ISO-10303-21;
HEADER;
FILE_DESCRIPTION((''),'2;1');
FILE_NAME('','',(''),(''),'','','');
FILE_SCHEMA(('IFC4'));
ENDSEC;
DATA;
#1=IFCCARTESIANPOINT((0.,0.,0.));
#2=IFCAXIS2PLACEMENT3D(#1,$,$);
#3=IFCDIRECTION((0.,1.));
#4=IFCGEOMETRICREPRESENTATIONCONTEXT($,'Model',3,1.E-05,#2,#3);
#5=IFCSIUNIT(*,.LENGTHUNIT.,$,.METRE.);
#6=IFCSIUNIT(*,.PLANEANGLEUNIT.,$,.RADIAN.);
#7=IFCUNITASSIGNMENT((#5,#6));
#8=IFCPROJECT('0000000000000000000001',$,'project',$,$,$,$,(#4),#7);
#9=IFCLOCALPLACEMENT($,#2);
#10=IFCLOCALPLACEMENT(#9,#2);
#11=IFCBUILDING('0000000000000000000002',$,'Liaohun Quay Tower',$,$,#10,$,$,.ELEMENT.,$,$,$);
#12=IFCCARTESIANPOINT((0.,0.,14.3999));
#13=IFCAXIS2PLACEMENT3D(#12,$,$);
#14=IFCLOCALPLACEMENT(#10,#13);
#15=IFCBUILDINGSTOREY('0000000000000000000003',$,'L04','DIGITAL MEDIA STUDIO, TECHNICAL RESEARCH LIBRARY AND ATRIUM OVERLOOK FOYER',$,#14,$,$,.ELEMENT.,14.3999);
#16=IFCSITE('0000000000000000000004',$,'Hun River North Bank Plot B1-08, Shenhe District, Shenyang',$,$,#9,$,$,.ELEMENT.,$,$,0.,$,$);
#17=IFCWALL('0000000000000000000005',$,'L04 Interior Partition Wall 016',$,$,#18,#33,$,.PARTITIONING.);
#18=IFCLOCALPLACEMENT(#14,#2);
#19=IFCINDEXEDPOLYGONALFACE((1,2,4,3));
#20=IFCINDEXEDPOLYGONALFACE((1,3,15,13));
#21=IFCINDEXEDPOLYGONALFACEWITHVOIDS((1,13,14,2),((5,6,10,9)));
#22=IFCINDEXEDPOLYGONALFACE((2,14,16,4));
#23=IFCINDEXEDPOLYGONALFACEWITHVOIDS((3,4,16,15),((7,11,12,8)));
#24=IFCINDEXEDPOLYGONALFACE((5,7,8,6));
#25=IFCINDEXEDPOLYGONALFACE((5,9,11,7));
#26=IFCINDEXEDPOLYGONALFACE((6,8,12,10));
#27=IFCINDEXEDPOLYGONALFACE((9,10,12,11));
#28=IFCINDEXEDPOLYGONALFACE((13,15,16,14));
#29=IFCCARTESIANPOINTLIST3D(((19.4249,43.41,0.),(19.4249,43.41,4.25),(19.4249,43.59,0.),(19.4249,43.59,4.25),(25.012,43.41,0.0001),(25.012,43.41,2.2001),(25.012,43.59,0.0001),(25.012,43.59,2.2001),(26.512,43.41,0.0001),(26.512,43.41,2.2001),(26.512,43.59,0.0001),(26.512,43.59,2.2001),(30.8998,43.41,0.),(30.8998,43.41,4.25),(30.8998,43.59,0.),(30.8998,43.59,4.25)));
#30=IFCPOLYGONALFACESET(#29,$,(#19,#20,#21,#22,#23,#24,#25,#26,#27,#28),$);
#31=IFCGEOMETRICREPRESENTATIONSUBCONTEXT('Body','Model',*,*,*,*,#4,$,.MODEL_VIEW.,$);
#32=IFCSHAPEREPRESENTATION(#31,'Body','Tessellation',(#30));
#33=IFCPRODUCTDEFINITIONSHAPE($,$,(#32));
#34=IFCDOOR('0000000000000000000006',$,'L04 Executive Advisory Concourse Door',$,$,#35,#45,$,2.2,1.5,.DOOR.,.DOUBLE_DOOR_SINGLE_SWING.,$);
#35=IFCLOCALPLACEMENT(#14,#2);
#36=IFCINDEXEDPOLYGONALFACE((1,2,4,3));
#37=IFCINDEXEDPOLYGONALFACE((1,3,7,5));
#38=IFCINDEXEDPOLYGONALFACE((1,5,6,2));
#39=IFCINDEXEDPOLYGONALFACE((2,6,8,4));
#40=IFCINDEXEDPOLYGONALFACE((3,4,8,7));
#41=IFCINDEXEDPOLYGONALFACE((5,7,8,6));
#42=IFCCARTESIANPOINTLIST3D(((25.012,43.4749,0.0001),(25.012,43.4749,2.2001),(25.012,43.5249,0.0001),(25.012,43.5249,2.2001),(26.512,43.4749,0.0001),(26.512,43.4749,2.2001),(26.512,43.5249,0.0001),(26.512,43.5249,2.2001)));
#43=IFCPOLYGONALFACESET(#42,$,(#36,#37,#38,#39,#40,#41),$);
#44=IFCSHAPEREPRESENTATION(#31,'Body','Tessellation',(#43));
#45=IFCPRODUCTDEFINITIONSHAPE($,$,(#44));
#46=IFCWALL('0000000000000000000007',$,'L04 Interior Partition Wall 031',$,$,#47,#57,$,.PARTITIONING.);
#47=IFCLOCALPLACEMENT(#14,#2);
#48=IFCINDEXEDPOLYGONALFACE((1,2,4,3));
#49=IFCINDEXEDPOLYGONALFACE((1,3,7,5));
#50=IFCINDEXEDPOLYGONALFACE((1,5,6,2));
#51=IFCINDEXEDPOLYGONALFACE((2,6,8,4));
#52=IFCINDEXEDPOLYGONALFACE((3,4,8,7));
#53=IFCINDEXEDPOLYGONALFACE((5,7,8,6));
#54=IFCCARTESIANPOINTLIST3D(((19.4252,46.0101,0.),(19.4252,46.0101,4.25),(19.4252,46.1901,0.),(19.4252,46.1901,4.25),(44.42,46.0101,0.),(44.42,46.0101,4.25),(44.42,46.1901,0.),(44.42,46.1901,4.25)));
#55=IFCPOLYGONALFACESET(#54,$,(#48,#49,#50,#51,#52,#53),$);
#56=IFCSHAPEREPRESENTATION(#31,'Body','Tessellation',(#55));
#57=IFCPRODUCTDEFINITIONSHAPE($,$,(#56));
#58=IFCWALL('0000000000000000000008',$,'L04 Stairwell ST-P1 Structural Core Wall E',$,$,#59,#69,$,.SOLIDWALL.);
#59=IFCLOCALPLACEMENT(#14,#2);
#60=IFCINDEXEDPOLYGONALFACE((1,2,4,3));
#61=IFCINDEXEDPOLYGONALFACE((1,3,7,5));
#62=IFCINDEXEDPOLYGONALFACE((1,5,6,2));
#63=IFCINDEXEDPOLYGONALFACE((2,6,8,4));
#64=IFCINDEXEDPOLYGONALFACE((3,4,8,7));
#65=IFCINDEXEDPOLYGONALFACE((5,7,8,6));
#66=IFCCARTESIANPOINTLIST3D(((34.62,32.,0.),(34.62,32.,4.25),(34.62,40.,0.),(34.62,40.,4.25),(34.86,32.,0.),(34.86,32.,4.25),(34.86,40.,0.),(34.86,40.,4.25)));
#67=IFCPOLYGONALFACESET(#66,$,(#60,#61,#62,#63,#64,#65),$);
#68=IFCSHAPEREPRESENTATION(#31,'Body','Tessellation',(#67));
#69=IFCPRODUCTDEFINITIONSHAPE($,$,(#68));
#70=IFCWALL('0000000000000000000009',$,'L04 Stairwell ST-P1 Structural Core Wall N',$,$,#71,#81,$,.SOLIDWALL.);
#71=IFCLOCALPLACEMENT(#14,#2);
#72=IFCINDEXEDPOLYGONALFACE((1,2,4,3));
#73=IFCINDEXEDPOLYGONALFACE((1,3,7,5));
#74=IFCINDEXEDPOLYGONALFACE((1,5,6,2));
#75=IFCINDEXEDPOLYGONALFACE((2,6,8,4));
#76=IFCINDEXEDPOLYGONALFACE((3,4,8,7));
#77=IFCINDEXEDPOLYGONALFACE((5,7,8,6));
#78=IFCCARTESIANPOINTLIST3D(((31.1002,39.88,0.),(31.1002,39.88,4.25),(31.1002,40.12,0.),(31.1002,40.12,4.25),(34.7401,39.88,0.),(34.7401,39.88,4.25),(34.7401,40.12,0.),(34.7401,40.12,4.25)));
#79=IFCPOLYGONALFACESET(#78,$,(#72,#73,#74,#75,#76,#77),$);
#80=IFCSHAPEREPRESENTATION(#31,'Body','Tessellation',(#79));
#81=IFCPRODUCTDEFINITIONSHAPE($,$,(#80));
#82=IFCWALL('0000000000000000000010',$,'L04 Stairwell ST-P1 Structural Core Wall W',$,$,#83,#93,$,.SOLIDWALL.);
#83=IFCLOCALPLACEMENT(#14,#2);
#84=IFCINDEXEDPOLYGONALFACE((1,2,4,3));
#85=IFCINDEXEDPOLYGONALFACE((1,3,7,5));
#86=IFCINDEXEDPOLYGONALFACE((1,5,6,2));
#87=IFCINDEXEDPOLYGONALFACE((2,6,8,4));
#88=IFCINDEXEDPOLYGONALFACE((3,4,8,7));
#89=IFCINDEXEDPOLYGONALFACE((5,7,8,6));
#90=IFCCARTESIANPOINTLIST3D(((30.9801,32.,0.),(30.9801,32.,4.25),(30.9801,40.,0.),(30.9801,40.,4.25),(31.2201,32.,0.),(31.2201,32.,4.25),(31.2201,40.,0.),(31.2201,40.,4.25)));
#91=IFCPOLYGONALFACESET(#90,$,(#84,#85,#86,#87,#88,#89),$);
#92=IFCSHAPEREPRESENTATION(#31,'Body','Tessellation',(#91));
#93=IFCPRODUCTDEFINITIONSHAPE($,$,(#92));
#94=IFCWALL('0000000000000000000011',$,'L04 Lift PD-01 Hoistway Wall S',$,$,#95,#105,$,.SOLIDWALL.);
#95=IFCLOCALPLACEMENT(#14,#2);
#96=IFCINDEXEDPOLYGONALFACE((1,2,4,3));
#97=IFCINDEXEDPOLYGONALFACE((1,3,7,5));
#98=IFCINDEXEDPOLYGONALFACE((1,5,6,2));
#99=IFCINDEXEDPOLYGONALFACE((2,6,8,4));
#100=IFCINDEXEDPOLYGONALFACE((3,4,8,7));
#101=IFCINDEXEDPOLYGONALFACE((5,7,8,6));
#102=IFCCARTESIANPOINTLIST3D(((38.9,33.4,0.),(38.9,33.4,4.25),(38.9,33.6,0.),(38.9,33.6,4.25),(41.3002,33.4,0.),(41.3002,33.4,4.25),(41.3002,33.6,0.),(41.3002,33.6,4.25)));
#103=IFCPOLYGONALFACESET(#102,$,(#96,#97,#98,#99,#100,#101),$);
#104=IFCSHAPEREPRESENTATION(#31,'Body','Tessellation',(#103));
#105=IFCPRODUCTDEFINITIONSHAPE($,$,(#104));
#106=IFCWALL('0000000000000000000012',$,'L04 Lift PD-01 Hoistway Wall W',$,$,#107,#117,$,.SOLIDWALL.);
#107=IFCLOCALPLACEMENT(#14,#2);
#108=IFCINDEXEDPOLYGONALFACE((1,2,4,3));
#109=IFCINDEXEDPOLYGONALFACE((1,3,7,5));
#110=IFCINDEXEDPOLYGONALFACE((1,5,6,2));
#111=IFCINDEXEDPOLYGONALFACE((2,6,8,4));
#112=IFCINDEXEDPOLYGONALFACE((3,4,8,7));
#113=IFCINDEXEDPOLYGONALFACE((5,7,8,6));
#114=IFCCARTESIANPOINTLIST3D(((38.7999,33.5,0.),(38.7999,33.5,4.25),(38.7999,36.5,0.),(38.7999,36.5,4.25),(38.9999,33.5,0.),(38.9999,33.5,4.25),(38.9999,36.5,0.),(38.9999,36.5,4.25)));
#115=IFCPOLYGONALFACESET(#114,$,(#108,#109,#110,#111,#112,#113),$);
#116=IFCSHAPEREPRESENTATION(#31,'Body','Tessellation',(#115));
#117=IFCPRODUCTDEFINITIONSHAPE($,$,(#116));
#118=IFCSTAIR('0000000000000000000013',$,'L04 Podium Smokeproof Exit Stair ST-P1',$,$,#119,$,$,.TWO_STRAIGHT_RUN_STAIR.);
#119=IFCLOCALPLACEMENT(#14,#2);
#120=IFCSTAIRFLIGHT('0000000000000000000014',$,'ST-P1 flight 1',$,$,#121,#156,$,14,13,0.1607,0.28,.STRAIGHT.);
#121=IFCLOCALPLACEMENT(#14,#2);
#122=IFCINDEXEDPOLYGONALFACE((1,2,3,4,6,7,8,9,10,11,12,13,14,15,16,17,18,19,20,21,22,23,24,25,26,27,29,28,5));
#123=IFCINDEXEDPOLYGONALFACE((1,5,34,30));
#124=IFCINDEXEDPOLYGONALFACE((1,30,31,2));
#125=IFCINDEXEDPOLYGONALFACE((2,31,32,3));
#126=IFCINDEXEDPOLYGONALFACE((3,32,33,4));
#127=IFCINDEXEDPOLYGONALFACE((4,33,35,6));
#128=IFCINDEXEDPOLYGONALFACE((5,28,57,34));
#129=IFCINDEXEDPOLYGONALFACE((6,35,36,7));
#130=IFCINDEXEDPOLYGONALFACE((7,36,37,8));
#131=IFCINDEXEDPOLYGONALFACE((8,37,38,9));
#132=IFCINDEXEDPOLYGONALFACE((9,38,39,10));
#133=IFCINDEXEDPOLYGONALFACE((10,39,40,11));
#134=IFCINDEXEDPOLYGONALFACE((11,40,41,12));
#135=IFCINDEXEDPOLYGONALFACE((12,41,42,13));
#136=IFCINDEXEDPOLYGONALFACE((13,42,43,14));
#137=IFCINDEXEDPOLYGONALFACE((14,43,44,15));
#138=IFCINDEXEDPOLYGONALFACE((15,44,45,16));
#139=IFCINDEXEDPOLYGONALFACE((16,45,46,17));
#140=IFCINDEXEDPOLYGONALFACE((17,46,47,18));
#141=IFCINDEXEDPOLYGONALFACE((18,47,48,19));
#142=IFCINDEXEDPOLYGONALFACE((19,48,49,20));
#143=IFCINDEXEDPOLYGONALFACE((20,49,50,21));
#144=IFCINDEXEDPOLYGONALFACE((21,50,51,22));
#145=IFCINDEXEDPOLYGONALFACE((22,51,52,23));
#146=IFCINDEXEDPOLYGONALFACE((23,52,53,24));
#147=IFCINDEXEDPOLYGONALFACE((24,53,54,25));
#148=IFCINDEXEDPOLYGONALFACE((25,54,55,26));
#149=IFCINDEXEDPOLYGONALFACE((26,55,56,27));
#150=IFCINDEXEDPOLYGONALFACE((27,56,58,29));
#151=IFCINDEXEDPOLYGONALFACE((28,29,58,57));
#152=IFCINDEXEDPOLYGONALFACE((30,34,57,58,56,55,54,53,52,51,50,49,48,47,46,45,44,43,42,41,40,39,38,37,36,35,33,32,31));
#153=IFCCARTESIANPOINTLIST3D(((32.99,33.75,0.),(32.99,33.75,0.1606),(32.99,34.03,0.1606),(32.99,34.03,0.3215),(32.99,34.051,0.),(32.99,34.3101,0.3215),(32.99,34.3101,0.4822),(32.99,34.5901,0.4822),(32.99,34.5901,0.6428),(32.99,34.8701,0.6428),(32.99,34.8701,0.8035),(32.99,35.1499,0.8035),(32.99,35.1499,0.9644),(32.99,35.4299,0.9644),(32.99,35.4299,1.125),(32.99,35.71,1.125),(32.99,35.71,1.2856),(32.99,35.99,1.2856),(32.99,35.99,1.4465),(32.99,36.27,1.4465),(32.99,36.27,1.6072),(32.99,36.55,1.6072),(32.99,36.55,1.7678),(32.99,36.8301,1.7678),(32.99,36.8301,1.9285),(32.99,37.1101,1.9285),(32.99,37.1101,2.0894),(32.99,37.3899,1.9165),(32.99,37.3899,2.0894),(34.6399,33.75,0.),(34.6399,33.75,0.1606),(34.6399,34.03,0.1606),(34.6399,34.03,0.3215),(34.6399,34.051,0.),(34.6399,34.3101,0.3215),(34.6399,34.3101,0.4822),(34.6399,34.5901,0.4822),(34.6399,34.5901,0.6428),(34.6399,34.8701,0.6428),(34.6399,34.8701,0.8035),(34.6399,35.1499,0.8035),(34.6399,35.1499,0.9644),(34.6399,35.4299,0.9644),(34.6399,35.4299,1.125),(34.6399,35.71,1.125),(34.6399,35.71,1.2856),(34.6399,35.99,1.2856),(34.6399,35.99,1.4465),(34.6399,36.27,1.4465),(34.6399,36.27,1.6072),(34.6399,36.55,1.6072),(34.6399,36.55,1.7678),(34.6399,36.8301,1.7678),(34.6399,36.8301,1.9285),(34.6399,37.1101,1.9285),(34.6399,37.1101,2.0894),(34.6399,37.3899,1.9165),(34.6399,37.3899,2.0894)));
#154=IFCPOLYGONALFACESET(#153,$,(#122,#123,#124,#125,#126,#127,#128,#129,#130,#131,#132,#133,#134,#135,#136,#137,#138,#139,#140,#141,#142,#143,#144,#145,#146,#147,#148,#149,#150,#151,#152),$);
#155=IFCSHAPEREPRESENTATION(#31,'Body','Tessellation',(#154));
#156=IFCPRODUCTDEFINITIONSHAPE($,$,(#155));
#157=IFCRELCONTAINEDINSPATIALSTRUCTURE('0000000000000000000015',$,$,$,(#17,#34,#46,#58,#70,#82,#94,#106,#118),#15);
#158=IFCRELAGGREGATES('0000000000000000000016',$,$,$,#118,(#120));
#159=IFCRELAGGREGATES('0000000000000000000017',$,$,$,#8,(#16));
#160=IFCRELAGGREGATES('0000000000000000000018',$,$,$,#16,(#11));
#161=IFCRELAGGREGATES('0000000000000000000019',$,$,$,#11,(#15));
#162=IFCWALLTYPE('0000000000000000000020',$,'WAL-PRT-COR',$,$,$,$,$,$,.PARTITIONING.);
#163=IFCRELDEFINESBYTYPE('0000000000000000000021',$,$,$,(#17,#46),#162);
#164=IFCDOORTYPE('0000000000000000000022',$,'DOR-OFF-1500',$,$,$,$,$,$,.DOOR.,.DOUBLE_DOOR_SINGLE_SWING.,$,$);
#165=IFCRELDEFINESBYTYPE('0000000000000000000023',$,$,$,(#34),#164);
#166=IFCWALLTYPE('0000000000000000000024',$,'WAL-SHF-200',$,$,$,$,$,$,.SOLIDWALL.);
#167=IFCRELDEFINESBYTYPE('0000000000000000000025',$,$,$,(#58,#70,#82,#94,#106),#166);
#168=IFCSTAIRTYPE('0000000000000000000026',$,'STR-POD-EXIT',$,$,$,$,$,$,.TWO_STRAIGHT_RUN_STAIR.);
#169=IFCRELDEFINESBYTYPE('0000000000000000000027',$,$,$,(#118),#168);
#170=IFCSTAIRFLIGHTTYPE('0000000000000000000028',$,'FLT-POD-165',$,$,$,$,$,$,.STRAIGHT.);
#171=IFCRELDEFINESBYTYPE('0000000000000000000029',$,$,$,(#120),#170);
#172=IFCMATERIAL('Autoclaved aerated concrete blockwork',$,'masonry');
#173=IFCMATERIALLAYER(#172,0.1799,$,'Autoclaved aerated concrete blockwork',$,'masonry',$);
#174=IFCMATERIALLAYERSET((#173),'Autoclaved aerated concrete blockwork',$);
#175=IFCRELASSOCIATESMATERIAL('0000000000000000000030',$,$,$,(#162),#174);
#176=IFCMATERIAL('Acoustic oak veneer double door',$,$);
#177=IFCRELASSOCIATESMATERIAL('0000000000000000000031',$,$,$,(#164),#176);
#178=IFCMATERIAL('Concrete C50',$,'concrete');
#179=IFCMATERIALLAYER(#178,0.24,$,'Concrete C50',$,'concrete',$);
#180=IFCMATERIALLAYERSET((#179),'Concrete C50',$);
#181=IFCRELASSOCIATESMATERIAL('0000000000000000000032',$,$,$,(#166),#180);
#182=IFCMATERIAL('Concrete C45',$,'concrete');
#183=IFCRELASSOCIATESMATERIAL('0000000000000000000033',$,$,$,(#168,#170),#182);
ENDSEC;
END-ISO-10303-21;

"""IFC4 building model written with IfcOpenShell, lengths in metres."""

from ifc_helpers import new_model, si_unit, direction, frame, frame_2d, origin, place, context, subcontext, project, spatial, polyline, rectangle, outline, extrude, source, transform, mapped, material, layer, layer_set, type_object, element, fill, aggregate, save


model = new_model("IFC4")

# Units and contexts
model_context = context("Model", 3, precision=1e-05, world=origin(), true_north=direction((0.0, 1.0)))
body_context = subcontext(model_context, "Body", "Model", "MODEL_VIEW")
ifc_project = project(units=[si_unit("LENGTHUNIT", "METRE"), si_unit("PLANEANGLEUNIT", "RADIAN")], contexts=[model_context])

# Site, building, storey
site_placement = place(None, origin())
site = spatial("IfcSite", under=ifc_project, at=site_placement, Name="Hun River North Bank Plot B1-08, Shenhe District, Shenyang", CompositionType="ELEMENT", RefElevation=0.0)
building_placement = place(site_placement, origin())
building = spatial("IfcBuilding", under=site, at=building_placement, Name="Liaohun Quay Tower", CompositionType="ELEMENT")
storey_placement = place(building_placement, frame((0.0, 0.0, 14.3999)))
storey = spatial("IfcBuildingStorey", under=building, at=storey_placement, Name="L04", Description="DIGITAL MEDIA STUDIO, TECHNICAL RESEARCH LIBRARY AND ATRIUM OVERLOOK FOYER", CompositionType="ELEMENT", Elevation=14.3999)

# Wall, opening, door
ifc_material_1 = material(Name="Autoclaved aerated concrete blockwork", Category="masonry")
ifc_layer_1 = layer(ifc_material_1, 0.1799, Name="Autoclaved aerated concrete blockwork", Category="masonry")
ifc_layer_set_1 = layer_set([ifc_layer_1], Name="Autoclaved aerated concrete blockwork")
wall_type_1 = type_object("IfcWallType", Name="WAL-PRT-COR", PredefinedType="PARTITIONING", material=ifc_layer_set_1)
wall_1_placement = place(storey_placement, frame((19.425, 43.5, 0.0), z_axis=(0.0, 0.0, 1.0), x_axis=(1.0, 0.0, 0.0)))
wall_1 = element("IfcWall", 1, at=wall_1_placement, inside=storey, type_object=wall_type_1, Name="L04 Interior Partition Wall 016", PredefinedType="PARTITIONING", context=body_context, shape_type="SweptSolid", body=[
    extrude(rectangle(XDim=11.4749, YDim=0.1799, at=frame_2d((5.7373, 0.0))), origin(), (0.0, 0.0, 1.0), 4.25),
])
shared_shape_1 = source(origin(), body_context, "Body", "SweptSolid", [
    extrude(rectangle(XDim=1.5, YDim=2.2, at=frame_2d((0.75, 1.1001))), frame((0.0, 0.0999, 0.0), z_axis=(0.0, -1.0, 0.0), x_axis=(1.0, 0.0, 0.0)), (0.0, 0.0, 1.0), 0.2),
])
opening_placement = place(wall_1_placement, frame((5.5869, 0.0, 0.0)))
opening = element("IfcOpeningElement", 2, at=opening_placement, cuts=wall_1, PredefinedType="OPENING", context=body_context, shape_type="MappedRepresentation", body=[
    mapped(shared_shape_1, transform((0.0, 0.0, 0.0), x_axis=(1.0, 0.0, 0.0), y_axis=(0.0, 1.0, 0.0), z_axis=(0.0, 0.0, 1.0), scale=1.0)),
])
ifc_material_2 = material(Name="Acoustic oak veneer double door")
door_type = type_object("IfcDoorType", Name="DOR-OFF-1500", OperationType="DOUBLE_DOOR_SINGLE_SWING", PredefinedType="DOOR", material=ifc_material_2)
shared_shape_2 = source(origin(), body_context, "Body", "SweptSolid", [
    extrude(rectangle(XDim=1.5, YDim=2.2, at=frame_2d((0.75, 1.1001))), frame((0.0, 0.0249, 0.0), z_axis=(0.0, -1.0, 0.0), x_axis=(1.0, 0.0, 0.0)), (0.0, 0.0, 1.0), 0.05),
])
door_placement = place(opening_placement, origin())
door = element("IfcDoor", 3, at=door_placement, inside=storey, type_object=door_type, Name="L04 Executive Advisory Concourse Door", OperationType="DOUBLE_DOOR_SINGLE_SWING", OverallHeight=2.2, OverallWidth=1.5, PredefinedType="DOOR", context=body_context, shape_type="MappedRepresentation", body=[
    mapped(shared_shape_2, transform((0.0, 0.0, 0.0), x_axis=(1.0, 0.0, 0.0), y_axis=(0.0, 1.0, 0.0), z_axis=(0.0, 0.0, 1.0), scale=1.0)),
])
fill(opening, door)

# Walls
wall_2_placement = place(storey_placement, frame((19.425, 46.1001, 0.0), z_axis=(0.0, 0.0, 1.0), x_axis=(1.0, 0.0, 0.0)))
element("IfcWall", 4, at=wall_2_placement, inside=storey, type_object=wall_type_1, Name="L04 Interior Partition Wall 031", PredefinedType="PARTITIONING", context=body_context, shape_type="SweptSolid", body=[
    extrude(rectangle(XDim=24.9949, YDim=0.1799, at=frame_2d((12.4976, 0.0))), origin(), (0.0, 0.0, 1.0), 4.25),
])
ifc_material_3 = material(Name="Concrete C50", Category="concrete")
ifc_layer_2 = layer(ifc_material_3, 0.24, Name="Concrete C50", Category="concrete")
ifc_layer_set_2 = layer_set([ifc_layer_2], Name="Concrete C50")
wall_type_2 = type_object("IfcWallType", Name="WAL-SHF-200", PredefinedType="SOLIDWALL", material=ifc_layer_set_2)
wall_3_placement = place(storey_placement, frame((34.74, 32.0, 0.0), z_axis=(0.0, 0.0, 1.0), x_axis=(0.0, 1.0, 0.0)))
element("IfcWall", 5, at=wall_3_placement, inside=storey, type_object=wall_type_2, Name="L04 Stairwell ST-P1 Structural Core Wall E", PredefinedType="SOLIDWALL", context=body_context, shape_type="SweptSolid", body=[
    extrude(rectangle(XDim=8.0, YDim=0.24, at=frame_2d((4.0, 0.0))), origin(), (0.0, 0.0, 1.0), 4.25),
])
wall_4_placement = place(storey_placement, frame((34.74, 40.0, 0.0), z_axis=(0.0, 0.0, 1.0), x_axis=(-1.0, 0.0, 0.0)))
element("IfcWall", 6, at=wall_4_placement, inside=storey, type_object=wall_type_2, Name="L04 Stairwell ST-P1 Structural Core Wall N", PredefinedType="SOLIDWALL", context=body_context, shape_type="SweptSolid", body=[
    extrude(rectangle(XDim=3.6399, YDim=0.24, at=frame_2d((1.8198, 0.0))), origin(), (0.0, 0.0, 1.0), 4.25),
])
wall_5_placement = place(storey_placement, frame((31.1001, 40.0, 0.0), z_axis=(0.0, 0.0, 1.0), x_axis=(0.0, -1.0, 0.0)))
element("IfcWall", 7, at=wall_5_placement, inside=storey, type_object=wall_type_2, Name="L04 Stairwell ST-P1 Structural Core Wall W", PredefinedType="SOLIDWALL", context=body_context, shape_type="SweptSolid", body=[
    extrude(rectangle(XDim=8.0, YDim=0.24, at=frame_2d((4.0, 0.0))), origin(), (0.0, 0.0, 1.0), 4.25),
])
wall_6_placement = place(storey_placement, frame((38.8999, 33.5, 0.0), z_axis=(0.0, 0.0, 1.0), x_axis=(1.0, 0.0, 0.0)))
element("IfcWall", 8, at=wall_6_placement, inside=storey, type_object=wall_type_2, Name="L04 Lift PD-01 Hoistway Wall S", PredefinedType="SOLIDWALL", context=body_context, shape_type="SweptSolid", body=[
    extrude(rectangle(XDim=2.4001, YDim=0.2, at=frame_2d((1.2002, 0.0))), origin(), (0.0, 0.0, 1.0), 4.25),
])
wall_7_placement = place(storey_placement, frame((38.8999, 36.5, 0.0), z_axis=(0.0, 0.0, 1.0), x_axis=(0.0, -1.0, 0.0)))
element("IfcWall", 9, at=wall_7_placement, inside=storey, type_object=wall_type_2, Name="L04 Lift PD-01 Hoistway Wall W", PredefinedType="SOLIDWALL", context=body_context, shape_type="SweptSolid", body=[
    extrude(rectangle(XDim=3.0, YDim=0.2, at=frame_2d((1.5, 0.0))), origin(), (0.0, 0.0, 1.0), 4.25),
])

# Stair, stair flight
ifc_material_4 = material(Name="Concrete C45", Category="concrete")
stair_type = type_object("IfcStairType", Name="STR-POD-EXIT", PredefinedType="TWO_STRAIGHT_RUN_STAIR", material=ifc_material_4)
stair_placement = place(storey_placement, origin())
stair = element("IfcStair", 10, at=stair_placement, inside=storey, type_object=stair_type, Name="L04 Podium Smokeproof Exit Stair ST-P1", PredefinedType="TWO_STRAIGHT_RUN_STAIR")
stair_flight_type = type_object("IfcStairFlightType", Name="FLT-POD-165", PredefinedType="STRAIGHT", material=ifc_material_4)
stair_flight_1_placement = place(storey_placement, frame((33.8149, 33.75, 0.0), z_axis=(0.0, 0.0, 1.0), x_axis=(0.0, 1.0, 0.0)))
stair_flight_1 = element("IfcStairFlight", 11, at=stair_flight_1_placement, type_object=stair_flight_type, Name="ST-P1 flight 1", NumberOfRisers=14, NumberOfTreads=13, PredefinedType="STRAIGHT", RiserHeight=0.1607, TreadLength=0.28, context=body_context, shape_type="SweptSolid", body=[
    extrude(outline(polyline([(0.0, 0.0), (0.0, 0.1606), (0.28, 0.1606), (0.28, 0.3215), (0.5601, 0.3215), (0.5601, 0.4822), (0.8401, 0.4822), (0.8401, 0.6428), (1.1201, 0.6428), (1.1201, 0.8035), (1.3999, 0.8035), (1.3999, 0.9644), (1.6799, 0.9644), (1.6799, 1.125), (1.96, 1.125), (1.96, 1.2856), (2.24, 1.2856), (2.24, 1.4465), (2.52, 1.4465), (2.52, 1.6072), (2.8, 1.6072), (2.8, 1.7678), (3.0801, 1.7678), (3.0801, 1.9285), (3.3601, 1.9285), (3.3601, 2.0894), (3.6399, 2.0894), (3.6399, 2.25), (3.6399, 1.9165), (0.301, 0.0), (0.0, 0.0)])), frame((0.0, 0.825, 0.0), z_axis=(0.0, -1.0, 0.0), x_axis=(1.0, 0.0, 0.0)), (0.0, 0.0, 1.0), 1.6499),
])
aggregate(stair, [stair_flight_1])

save(model, "model.ifc")
